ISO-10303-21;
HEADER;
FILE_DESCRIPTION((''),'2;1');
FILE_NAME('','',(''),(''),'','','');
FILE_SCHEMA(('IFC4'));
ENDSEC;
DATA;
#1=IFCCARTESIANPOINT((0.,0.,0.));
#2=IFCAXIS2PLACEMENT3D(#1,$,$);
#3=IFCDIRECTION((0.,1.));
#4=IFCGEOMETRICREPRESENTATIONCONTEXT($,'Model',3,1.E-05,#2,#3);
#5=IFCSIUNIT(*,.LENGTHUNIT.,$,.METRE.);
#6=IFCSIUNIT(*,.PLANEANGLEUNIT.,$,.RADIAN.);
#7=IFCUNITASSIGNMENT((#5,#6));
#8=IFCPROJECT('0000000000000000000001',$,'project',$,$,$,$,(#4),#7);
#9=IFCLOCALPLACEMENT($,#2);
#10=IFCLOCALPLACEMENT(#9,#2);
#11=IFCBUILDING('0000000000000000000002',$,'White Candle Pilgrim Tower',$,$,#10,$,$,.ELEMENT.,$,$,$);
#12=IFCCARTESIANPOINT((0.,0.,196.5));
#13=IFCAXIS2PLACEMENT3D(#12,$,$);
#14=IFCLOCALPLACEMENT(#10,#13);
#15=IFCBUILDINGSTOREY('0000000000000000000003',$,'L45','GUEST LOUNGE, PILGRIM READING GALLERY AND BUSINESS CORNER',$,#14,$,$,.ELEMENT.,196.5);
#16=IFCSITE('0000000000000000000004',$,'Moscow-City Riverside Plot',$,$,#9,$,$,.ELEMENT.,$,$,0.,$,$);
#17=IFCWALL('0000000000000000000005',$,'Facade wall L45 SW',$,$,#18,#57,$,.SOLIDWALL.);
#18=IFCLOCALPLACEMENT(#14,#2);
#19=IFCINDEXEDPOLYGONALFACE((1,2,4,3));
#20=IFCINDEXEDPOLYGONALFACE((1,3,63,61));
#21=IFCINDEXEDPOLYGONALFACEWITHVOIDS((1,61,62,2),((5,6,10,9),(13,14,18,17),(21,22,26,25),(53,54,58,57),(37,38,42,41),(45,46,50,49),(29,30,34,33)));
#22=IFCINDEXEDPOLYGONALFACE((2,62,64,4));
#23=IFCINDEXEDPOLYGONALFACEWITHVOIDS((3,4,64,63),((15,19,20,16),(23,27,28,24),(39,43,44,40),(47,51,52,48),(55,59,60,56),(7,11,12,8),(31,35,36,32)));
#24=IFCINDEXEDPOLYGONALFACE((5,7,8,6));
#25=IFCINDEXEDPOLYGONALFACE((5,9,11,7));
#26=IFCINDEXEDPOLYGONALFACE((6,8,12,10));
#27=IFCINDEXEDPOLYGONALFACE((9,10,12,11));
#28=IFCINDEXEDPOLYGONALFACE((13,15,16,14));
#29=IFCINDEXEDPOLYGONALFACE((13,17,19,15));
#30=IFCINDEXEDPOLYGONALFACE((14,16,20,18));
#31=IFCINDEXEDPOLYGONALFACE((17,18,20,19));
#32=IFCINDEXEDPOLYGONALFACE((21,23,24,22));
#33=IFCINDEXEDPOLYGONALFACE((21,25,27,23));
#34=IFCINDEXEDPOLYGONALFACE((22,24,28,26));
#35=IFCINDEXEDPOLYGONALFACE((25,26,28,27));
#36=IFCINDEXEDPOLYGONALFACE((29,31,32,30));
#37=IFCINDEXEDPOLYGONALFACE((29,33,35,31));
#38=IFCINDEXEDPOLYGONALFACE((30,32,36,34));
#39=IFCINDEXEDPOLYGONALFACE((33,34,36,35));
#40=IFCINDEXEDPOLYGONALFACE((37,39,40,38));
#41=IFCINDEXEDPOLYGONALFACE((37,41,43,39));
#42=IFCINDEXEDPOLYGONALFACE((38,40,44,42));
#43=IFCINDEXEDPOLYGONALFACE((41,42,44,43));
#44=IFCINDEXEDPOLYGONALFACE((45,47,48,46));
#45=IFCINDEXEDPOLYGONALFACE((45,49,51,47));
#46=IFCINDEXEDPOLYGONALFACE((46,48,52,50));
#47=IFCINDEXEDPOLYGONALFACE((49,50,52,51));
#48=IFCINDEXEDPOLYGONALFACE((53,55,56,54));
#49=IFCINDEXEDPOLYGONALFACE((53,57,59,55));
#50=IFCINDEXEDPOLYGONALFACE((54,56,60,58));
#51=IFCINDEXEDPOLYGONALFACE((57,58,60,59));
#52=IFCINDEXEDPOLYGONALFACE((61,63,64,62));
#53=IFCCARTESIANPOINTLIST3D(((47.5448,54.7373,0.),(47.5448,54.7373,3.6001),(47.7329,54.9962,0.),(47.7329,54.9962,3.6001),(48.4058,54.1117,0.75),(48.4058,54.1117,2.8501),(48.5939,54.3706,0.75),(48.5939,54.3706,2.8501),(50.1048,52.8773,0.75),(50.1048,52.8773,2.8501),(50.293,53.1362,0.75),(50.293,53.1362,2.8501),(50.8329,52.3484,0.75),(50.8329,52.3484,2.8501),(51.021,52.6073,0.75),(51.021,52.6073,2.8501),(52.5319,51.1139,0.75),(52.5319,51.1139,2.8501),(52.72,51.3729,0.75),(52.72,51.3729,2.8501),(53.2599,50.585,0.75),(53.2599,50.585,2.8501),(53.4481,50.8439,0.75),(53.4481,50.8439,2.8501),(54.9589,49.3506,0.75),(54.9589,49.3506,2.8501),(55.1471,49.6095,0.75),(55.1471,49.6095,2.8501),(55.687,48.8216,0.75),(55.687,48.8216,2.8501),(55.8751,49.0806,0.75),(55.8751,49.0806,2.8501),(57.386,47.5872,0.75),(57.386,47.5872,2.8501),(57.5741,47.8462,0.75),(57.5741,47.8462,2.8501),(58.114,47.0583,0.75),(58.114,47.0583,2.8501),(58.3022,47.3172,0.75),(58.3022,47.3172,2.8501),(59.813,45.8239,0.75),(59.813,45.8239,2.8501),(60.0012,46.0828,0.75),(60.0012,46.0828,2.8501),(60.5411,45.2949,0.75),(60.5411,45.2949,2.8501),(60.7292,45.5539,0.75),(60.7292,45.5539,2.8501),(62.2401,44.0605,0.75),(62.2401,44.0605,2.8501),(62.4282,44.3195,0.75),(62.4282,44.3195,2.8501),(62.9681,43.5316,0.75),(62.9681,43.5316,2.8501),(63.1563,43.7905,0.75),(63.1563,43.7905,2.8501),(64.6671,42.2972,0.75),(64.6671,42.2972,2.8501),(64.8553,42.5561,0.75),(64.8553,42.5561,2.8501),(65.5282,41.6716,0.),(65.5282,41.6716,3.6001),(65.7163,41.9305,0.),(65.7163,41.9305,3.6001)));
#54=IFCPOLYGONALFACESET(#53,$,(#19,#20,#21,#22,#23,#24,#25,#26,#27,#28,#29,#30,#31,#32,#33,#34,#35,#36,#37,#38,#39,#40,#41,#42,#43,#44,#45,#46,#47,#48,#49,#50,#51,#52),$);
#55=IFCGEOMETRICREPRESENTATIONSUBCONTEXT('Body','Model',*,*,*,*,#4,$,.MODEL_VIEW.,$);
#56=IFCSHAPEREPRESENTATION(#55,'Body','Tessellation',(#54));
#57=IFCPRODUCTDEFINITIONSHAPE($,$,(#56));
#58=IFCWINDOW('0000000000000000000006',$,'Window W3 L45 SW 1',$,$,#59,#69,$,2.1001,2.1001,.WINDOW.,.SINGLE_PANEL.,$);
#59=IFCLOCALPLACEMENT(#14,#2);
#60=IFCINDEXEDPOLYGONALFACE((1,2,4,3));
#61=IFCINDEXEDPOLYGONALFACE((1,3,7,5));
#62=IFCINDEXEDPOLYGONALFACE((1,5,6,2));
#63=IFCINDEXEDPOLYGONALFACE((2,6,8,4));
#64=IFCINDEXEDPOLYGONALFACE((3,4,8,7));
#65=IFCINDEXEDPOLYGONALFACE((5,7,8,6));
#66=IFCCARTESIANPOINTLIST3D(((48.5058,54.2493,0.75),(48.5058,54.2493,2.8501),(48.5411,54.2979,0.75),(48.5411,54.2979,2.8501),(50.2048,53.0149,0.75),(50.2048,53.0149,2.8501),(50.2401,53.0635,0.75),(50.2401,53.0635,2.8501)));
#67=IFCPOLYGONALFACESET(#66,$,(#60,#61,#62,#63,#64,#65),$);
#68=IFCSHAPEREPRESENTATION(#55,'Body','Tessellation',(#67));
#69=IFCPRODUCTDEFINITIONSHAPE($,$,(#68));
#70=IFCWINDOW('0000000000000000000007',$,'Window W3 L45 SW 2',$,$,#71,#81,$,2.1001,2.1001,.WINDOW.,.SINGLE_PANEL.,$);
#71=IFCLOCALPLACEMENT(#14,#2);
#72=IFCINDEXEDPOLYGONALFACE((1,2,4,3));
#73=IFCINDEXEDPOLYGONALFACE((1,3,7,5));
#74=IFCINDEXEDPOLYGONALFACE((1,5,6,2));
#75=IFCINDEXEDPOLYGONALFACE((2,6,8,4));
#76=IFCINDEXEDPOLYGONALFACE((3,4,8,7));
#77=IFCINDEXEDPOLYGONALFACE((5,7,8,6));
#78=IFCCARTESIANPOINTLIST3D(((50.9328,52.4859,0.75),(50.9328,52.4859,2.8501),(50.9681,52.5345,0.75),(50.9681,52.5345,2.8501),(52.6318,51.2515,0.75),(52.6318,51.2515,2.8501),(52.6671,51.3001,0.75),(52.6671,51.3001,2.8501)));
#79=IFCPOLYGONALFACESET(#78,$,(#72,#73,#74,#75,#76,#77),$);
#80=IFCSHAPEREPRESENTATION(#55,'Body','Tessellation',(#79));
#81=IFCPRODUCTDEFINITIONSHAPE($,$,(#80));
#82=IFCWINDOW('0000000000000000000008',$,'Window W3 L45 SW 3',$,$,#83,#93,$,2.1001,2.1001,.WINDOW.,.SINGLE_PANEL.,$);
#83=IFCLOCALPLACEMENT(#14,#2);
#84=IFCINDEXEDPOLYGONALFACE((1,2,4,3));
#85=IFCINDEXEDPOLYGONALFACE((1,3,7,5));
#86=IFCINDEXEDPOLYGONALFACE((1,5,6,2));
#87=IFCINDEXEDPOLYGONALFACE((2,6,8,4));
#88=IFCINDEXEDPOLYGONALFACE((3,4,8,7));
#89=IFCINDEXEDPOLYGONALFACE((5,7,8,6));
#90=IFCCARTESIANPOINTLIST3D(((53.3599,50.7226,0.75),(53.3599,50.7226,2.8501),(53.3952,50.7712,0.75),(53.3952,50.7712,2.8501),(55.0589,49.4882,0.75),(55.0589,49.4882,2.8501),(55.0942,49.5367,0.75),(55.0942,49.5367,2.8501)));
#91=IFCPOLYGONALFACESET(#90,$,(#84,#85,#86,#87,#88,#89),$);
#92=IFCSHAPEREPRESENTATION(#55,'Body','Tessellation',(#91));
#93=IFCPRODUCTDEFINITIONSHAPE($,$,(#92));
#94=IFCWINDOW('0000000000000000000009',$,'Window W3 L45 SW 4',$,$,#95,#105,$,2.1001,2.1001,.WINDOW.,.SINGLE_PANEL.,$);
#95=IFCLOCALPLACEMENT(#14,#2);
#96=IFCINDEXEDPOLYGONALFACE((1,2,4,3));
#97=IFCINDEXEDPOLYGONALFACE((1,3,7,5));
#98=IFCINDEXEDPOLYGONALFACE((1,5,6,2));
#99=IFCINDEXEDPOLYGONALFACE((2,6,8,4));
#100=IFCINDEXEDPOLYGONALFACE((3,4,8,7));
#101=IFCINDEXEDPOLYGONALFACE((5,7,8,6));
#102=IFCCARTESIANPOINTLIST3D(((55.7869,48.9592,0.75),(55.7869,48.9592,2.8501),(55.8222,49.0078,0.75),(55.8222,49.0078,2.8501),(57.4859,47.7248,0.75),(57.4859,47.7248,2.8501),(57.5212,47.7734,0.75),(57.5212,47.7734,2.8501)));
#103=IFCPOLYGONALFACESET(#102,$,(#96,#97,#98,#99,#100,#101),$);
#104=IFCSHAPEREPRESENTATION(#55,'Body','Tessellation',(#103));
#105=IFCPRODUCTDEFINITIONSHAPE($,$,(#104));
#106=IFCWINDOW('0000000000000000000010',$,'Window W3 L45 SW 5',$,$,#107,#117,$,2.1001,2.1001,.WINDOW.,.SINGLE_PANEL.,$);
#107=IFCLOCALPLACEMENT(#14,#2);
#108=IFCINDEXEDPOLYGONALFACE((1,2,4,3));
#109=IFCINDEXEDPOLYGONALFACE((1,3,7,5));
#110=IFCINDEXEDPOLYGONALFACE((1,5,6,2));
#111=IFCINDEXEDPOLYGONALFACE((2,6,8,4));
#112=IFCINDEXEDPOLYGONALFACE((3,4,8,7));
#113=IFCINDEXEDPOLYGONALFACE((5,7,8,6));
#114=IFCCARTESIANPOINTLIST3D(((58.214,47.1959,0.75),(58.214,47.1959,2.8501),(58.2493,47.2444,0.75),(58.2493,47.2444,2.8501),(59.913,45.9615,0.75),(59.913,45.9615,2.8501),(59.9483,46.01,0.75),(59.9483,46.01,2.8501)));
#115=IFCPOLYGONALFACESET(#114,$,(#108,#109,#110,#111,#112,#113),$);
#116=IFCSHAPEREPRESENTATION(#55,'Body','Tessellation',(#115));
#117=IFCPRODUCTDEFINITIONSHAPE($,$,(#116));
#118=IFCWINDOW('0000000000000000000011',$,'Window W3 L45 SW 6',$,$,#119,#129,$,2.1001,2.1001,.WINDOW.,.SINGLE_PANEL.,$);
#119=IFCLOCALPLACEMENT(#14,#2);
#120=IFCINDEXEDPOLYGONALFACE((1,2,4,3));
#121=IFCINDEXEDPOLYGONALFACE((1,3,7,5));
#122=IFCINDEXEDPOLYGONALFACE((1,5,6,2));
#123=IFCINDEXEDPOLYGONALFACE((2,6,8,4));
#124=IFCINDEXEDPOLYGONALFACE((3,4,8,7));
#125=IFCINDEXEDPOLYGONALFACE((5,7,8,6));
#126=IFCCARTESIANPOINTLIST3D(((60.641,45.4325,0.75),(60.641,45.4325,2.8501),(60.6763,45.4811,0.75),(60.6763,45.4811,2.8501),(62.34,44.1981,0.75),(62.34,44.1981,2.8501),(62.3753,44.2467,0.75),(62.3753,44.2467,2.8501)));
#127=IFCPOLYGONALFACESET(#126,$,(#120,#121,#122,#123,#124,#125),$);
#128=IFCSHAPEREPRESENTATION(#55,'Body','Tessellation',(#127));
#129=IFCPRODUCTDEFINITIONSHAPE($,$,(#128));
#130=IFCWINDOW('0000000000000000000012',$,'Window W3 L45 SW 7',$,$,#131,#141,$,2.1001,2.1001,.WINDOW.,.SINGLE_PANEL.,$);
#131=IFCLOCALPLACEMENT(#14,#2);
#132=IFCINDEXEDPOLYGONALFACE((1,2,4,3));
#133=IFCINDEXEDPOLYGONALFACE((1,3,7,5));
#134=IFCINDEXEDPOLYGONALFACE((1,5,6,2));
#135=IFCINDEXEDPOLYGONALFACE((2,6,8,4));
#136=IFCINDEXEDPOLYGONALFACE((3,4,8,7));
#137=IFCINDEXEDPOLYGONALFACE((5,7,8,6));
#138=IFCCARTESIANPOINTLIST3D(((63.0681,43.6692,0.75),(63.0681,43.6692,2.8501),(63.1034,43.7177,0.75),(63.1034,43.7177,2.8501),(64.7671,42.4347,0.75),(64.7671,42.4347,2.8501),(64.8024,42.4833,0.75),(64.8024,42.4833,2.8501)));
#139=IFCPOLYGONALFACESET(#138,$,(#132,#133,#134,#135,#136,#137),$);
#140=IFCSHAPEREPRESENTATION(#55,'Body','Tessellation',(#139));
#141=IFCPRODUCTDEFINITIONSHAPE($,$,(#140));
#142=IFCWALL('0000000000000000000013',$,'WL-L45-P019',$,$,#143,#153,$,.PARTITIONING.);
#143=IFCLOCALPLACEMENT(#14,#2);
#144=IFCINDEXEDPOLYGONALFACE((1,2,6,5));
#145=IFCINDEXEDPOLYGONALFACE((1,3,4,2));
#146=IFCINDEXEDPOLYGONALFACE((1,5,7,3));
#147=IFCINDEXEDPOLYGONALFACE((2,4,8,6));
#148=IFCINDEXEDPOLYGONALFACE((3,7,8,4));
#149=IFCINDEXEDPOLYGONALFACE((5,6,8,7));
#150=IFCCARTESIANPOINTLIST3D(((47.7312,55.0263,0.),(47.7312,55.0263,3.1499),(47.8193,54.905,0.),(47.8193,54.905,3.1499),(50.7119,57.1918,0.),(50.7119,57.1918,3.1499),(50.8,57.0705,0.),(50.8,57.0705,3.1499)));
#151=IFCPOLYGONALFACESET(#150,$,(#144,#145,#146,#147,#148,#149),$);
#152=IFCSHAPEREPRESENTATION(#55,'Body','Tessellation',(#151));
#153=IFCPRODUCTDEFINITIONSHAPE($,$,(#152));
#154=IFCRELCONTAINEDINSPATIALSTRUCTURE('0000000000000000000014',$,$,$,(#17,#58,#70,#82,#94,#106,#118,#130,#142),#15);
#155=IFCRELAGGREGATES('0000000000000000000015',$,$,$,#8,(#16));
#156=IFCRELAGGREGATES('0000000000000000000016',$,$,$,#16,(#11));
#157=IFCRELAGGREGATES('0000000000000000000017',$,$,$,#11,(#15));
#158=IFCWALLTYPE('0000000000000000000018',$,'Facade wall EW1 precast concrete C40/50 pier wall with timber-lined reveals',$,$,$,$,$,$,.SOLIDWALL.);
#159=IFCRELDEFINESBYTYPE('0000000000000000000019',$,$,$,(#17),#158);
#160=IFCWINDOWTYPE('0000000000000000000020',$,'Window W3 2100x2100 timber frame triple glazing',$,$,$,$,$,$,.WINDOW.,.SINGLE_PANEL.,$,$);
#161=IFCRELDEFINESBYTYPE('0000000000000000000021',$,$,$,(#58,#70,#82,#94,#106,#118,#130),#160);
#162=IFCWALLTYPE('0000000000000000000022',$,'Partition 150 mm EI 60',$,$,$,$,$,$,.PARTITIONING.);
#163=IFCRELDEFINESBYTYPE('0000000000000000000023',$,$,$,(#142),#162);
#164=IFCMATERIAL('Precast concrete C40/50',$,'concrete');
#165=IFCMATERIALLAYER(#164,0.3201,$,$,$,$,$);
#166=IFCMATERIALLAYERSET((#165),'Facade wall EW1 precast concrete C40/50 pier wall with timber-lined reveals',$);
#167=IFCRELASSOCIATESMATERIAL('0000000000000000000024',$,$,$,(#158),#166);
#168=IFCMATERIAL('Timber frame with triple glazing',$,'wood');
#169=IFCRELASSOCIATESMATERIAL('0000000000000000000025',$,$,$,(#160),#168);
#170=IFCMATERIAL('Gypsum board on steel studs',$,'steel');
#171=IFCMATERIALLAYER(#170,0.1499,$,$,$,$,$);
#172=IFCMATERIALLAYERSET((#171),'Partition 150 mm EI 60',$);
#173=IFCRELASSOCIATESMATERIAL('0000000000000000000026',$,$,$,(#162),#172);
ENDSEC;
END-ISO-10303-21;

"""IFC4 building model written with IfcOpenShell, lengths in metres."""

from ifc_helpers import new_model, si_unit, direction, frame, frame_2d, origin, place, context, subcontext, project, spatial, rectangle, extrude, material, layer, layer_set, type_object, element, fill, save


model = new_model("IFC4")

# Units and contexts
model_context = context("Model", 3, precision=1e-05, world=origin(), true_north=direction((0.0, 1.0)))
body_context = subcontext(model_context, "Body", "Model", "MODEL_VIEW")
ifc_project = project(units=[si_unit("LENGTHUNIT", "METRE"), si_unit("PLANEANGLEUNIT", "RADIAN")], contexts=[model_context])

# Site, building, storey
site_placement = place(None, origin())
site = spatial("IfcSite", under=ifc_project, at=site_placement, Name="Moscow-City Riverside Plot", CompositionType="ELEMENT", RefElevation=0.0)
building_placement = place(site_placement, origin())
building = spatial("IfcBuilding", under=site, at=building_placement, Name="White Candle Pilgrim Tower", CompositionType="ELEMENT")
storey_placement = place(building_placement, frame((0.0, 0.0, 196.5)))
storey = spatial("IfcBuildingStorey", under=building, at=storey_placement, Name="L45", Description="GUEST LOUNGE, PILGRIM READING GALLERY AND BUSINESS CORNER", CompositionType="ELEMENT", Elevation=196.5)

# Shared definitions
ifc_material_1 = material(Name="Gypsum board on steel studs", Category="steel")

# Wall, openings, windows
ifc_material_2 = material(Name="Precast concrete C40/50", Category="concrete")
ifc_layer_1 = layer(ifc_material_2, 0.3201)
ifc_layer_set_1 = layer_set([ifc_layer_1], Name="Facade wall EW1 precast concrete C40/50 pier wall with timber-lined reveals")
wall_type_1 = type_object("IfcWallType", Name="Facade wall EW1 precast concrete C40/50 pier wall with timber-lined reveals", PredefinedType="SOLIDWALL", material=ifc_layer_set_1)
wall_1_placement = place(storey_placement, frame((47.6389, 54.8667, 0.0), z_axis=(0.0, 0.0, 1.0), x_axis=(0.809018, -0.587784, 0.0)))
wall_1 = element("IfcWall", 1, at=wall_1_placement, inside=storey, type_object=wall_type_1, Name="Facade wall L45 SW", PredefinedType="SOLIDWALL", context=body_context, shape_type="SweptSolid", body=[
    extrude(rectangle(XDim=22.2288, YDim=0.3201, at=frame_2d((11.1143, 0.0))), origin(), (0.0, 0.0, 1.0), 3.6001),
])
opening_1_placement = place(wall_1_placement, frame((1.0642, 0.0, 0.75)))
opening_1 = element("IfcOpeningElement", 2, at=opening_1_placement, cuts=wall_1, PredefinedType="OPENING", context=body_context, shape_type="SweptSolid", body=[
    extrude(rectangle(XDim=2.1001, YDim=2.1001, at=frame_2d((1.05, 1.05))), frame((0.0, 0.1699, 0.0), z_axis=(0.0, -1.0, 0.0), x_axis=(1.0, 0.0, 0.0)), (0.0, 0.0, 1.0), 0.3401),
])
opening_2_placement = place(wall_1_placement, frame((4.0642, 0.0, 0.75)))
opening_2 = element("IfcOpeningElement", 3, at=opening_2_placement, cuts=wall_1, PredefinedType="OPENING", context=body_context, shape_type="SweptSolid", body=[
    extrude(rectangle(XDim=2.1001, YDim=2.1001, at=frame_2d((1.05, 1.05))), frame((0.0, 0.1699, 0.0), z_axis=(0.0, -1.0, 0.0), x_axis=(1.0, 0.0, 0.0)), (0.0, 0.0, 1.0), 0.3401),
])
opening_3_placement = place(wall_1_placement, frame((7.0642, 0.0, 0.75)))
opening_3 = element("IfcOpeningElement", 4, at=opening_3_placement, cuts=wall_1, PredefinedType="OPENING", context=body_context, shape_type="SweptSolid", body=[
    extrude(rectangle(XDim=2.1001, YDim=2.1001, at=frame_2d((1.05, 1.05))), frame((0.0, 0.1699, 0.0), z_axis=(0.0, -1.0, 0.0), x_axis=(1.0, 0.0, 0.0)), (0.0, 0.0, 1.0), 0.3401),
])
opening_4_placement = place(wall_1_placement, frame((10.0642, 0.0, 0.75)))
opening_4 = element("IfcOpeningElement", 5, at=opening_4_placement, cuts=wall_1, PredefinedType="OPENING", context=body_context, shape_type="SweptSolid", body=[
    extrude(rectangle(XDim=2.1001, YDim=2.1001, at=frame_2d((1.05, 1.05))), frame((0.0, 0.1699, 0.0), z_axis=(0.0, -1.0, 0.0), x_axis=(1.0, 0.0, 0.0)), (0.0, 0.0, 1.0), 0.3401),
])
opening_5_placement = place(wall_1_placement, frame((13.0642, 0.0, 0.75)))
opening_5 = element("IfcOpeningElement", 6, at=opening_5_placement, cuts=wall_1, PredefinedType="OPENING", context=body_context, shape_type="SweptSolid", body=[
    extrude(rectangle(XDim=2.1001, YDim=2.1001, at=frame_2d((1.05, 1.05))), frame((0.0, 0.1699, 0.0), z_axis=(0.0, -1.0, 0.0), x_axis=(1.0, 0.0, 0.0)), (0.0, 0.0, 1.0), 0.3401),
])
opening_6_placement = place(wall_1_placement, frame((16.0642, 0.0, 0.75)))
opening_6 = element("IfcOpeningElement", 7, at=opening_6_placement, cuts=wall_1, PredefinedType="OPENING", context=body_context, shape_type="SweptSolid", body=[
    extrude(rectangle(XDim=2.1001, YDim=2.1001, at=frame_2d((1.05, 1.05))), frame((0.0, 0.1699, 0.0), z_axis=(0.0, -1.0, 0.0), x_axis=(1.0, 0.0, 0.0)), (0.0, 0.0, 1.0), 0.3401),
])
opening_7_placement = place(wall_1_placement, frame((19.0642, 0.0, 0.75)))
opening_7 = element("IfcOpeningElement", 8, at=opening_7_placement, cuts=wall_1, PredefinedType="OPENING", context=body_context, shape_type="SweptSolid", body=[
    extrude(rectangle(XDim=2.1001, YDim=2.1001, at=frame_2d((1.05, 1.05))), frame((0.0, 0.1699, 0.0), z_axis=(0.0, -1.0, 0.0), x_axis=(1.0, 0.0, 0.0)), (0.0, 0.0, 1.0), 0.3401),
])
ifc_material_3 = material(Name="Timber frame with triple glazing", Category="wood")
window_type = type_object("IfcWindowType", Name="Window W3 2100x2100 timber frame triple glazing", PartitioningType="SINGLE_PANEL", PredefinedType="WINDOW", material=ifc_material_3)
window_1_placement = place(opening_1_placement, origin())
window_1 = element("IfcWindow", 9, at=window_1_placement, inside=storey, type_object=window_type, Name="Window W3 L45 SW 1", OverallHeight=2.1001, OverallWidth=2.1001, PartitioningType="SINGLE_PANEL", PredefinedType="WINDOW", context=body_context, shape_type="SweptSolid", body=[
    extrude(rectangle(XDim=2.1001, YDim=2.1001, at=frame_2d((1.05, 1.05))), frame((0.0, 0.0701, 0.0), z_axis=(0.0, -1.0, 0.0), x_axis=(1.0, 0.0, 0.0)), (0.0, 0.0, 1.0), 0.0601),
])
fill(opening_1, window_1)
window_2_placement = place(opening_2_placement, origin())
window_2 = element("IfcWindow", 10, at=window_2_placement, inside=storey, type_object=window_type, Name="Window W3 L45 SW 2", OverallHeight=2.1001, OverallWidth=2.1001, PartitioningType="SINGLE_PANEL", PredefinedType="WINDOW", context=body_context, shape_type="SweptSolid", body=[
    extrude(rectangle(XDim=2.1001, YDim=2.1001, at=frame_2d((1.05, 1.05))), frame((0.0, 0.0701, 0.0), z_axis=(0.0, -1.0, 0.0), x_axis=(1.0, 0.0, 0.0)), (0.0, 0.0, 1.0), 0.0601),
])
fill(opening_2, window_2)
window_3_placement = place(opening_3_placement, origin())
window_3 = element("IfcWindow", 11, at=window_3_placement, inside=storey, type_object=window_type, Name="Window W3 L45 SW 3", OverallHeight=2.1001, OverallWidth=2.1001, PartitioningType="SINGLE_PANEL", PredefinedType="WINDOW", context=body_context, shape_type="SweptSolid", body=[
    extrude(rectangle(XDim=2.1001, YDim=2.1001, at=frame_2d((1.05, 1.05))), frame((0.0, 0.0701, 0.0), z_axis=(0.0, -1.0, 0.0), x_axis=(1.0, 0.0, 0.0)), (0.0, 0.0, 1.0), 0.0601),
])
fill(opening_3, window_3)
window_4_placement = place(opening_4_placement, origin())
window_4 = element("IfcWindow", 12, at=window_4_placement, inside=storey, type_object=window_type, Name="Window W3 L45 SW 4", OverallHeight=2.1001, OverallWidth=2.1001, PartitioningType="SINGLE_PANEL", PredefinedType="WINDOW", context=body_context, shape_type="SweptSolid", body=[
    extrude(rectangle(XDim=2.1001, YDim=2.1001, at=frame_2d((1.05, 1.05))), frame((0.0, 0.0701, 0.0), z_axis=(0.0, -1.0, 0.0), x_axis=(1.0, 0.0, 0.0)), (0.0, 0.0, 1.0), 0.0601),
])
fill(opening_4, window_4)
window_5_placement = place(opening_5_placement, origin())
window_5 = element("IfcWindow", 13, at=window_5_placement, inside=storey, type_object=window_type, Name="Window W3 L45 SW 5", OverallHeight=2.1001, OverallWidth=2.1001, PartitioningType="SINGLE_PANEL", PredefinedType="WINDOW", context=body_context, shape_type="SweptSolid", body=[
    extrude(rectangle(XDim=2.1001, YDim=2.1001, at=frame_2d((1.05, 1.05))), frame((0.0, 0.0701, 0.0), z_axis=(0.0, -1.0, 0.0), x_axis=(1.0, 0.0, 0.0)), (0.0, 0.0, 1.0), 0.0601),
])
fill(opening_5, window_5)
window_6_placement = place(opening_6_placement, origin())
window_6 = element("IfcWindow", 14, at=window_6_placement, inside=storey, type_object=window_type, Name="Window W3 L45 SW 6", OverallHeight=2.1001, OverallWidth=2.1001, PartitioningType="SINGLE_PANEL", PredefinedType="WINDOW", context=body_context, shape_type="SweptSolid", body=[
    extrude(rectangle(XDim=2.1001, YDim=2.1001, at=frame_2d((1.05, 1.05))), frame((0.0, 0.0701, 0.0), z_axis=(0.0, -1.0, 0.0), x_axis=(1.0, 0.0, 0.0)), (0.0, 0.0, 1.0), 0.0601),
])
fill(opening_6, window_6)
window_7_placement = place(opening_7_placement, origin())
window_7 = element("IfcWindow", 15, at=window_7_placement, inside=storey, type_object=window_type, Name="Window W3 L45 SW 7", OverallHeight=2.1001, OverallWidth=2.1001, PartitioningType="SINGLE_PANEL", PredefinedType="WINDOW", context=body_context, shape_type="SweptSolid", body=[
    extrude(rectangle(XDim=2.1001, YDim=2.1001, at=frame_2d((1.05, 1.05))), frame((0.0, 0.0701, 0.0), z_axis=(0.0, -1.0, 0.0), x_axis=(1.0, 0.0, 0.0)), (0.0, 0.0, 1.0), 0.0601),
])
fill(opening_7, window_7)

# Wall
ifc_layer_2 = layer(ifc_material_1, 0.1499)
ifc_layer_set_2 = layer_set([ifc_layer_2], Name="Partition 150 mm EI 60")
wall_type_2 = type_object("IfcWallType", Name="Partition 150 mm EI 60", PredefinedType="PARTITIONING", material=ifc_layer_set_2)
wall_2_placement = place(storey_placement, frame((47.7751, 54.9656, 0.0), z_axis=(0.0, 0.0, 1.0), x_axis=(0.809028, 0.58777, 0.0)))
element("IfcWall", 16, at=wall_2_placement, inside=storey, type_object=wall_type_2, Name="WL-L45-P019", PredefinedType="PARTITIONING", context=body_context, shape_type="SweptSolid", body=[
    extrude(rectangle(XDim=3.6843, YDim=0.1499, at=frame_2d((1.8423, 0.0))), origin(), (0.0, 0.0, 1.0), 3.1499),
])

save(model, "model.ifc")
